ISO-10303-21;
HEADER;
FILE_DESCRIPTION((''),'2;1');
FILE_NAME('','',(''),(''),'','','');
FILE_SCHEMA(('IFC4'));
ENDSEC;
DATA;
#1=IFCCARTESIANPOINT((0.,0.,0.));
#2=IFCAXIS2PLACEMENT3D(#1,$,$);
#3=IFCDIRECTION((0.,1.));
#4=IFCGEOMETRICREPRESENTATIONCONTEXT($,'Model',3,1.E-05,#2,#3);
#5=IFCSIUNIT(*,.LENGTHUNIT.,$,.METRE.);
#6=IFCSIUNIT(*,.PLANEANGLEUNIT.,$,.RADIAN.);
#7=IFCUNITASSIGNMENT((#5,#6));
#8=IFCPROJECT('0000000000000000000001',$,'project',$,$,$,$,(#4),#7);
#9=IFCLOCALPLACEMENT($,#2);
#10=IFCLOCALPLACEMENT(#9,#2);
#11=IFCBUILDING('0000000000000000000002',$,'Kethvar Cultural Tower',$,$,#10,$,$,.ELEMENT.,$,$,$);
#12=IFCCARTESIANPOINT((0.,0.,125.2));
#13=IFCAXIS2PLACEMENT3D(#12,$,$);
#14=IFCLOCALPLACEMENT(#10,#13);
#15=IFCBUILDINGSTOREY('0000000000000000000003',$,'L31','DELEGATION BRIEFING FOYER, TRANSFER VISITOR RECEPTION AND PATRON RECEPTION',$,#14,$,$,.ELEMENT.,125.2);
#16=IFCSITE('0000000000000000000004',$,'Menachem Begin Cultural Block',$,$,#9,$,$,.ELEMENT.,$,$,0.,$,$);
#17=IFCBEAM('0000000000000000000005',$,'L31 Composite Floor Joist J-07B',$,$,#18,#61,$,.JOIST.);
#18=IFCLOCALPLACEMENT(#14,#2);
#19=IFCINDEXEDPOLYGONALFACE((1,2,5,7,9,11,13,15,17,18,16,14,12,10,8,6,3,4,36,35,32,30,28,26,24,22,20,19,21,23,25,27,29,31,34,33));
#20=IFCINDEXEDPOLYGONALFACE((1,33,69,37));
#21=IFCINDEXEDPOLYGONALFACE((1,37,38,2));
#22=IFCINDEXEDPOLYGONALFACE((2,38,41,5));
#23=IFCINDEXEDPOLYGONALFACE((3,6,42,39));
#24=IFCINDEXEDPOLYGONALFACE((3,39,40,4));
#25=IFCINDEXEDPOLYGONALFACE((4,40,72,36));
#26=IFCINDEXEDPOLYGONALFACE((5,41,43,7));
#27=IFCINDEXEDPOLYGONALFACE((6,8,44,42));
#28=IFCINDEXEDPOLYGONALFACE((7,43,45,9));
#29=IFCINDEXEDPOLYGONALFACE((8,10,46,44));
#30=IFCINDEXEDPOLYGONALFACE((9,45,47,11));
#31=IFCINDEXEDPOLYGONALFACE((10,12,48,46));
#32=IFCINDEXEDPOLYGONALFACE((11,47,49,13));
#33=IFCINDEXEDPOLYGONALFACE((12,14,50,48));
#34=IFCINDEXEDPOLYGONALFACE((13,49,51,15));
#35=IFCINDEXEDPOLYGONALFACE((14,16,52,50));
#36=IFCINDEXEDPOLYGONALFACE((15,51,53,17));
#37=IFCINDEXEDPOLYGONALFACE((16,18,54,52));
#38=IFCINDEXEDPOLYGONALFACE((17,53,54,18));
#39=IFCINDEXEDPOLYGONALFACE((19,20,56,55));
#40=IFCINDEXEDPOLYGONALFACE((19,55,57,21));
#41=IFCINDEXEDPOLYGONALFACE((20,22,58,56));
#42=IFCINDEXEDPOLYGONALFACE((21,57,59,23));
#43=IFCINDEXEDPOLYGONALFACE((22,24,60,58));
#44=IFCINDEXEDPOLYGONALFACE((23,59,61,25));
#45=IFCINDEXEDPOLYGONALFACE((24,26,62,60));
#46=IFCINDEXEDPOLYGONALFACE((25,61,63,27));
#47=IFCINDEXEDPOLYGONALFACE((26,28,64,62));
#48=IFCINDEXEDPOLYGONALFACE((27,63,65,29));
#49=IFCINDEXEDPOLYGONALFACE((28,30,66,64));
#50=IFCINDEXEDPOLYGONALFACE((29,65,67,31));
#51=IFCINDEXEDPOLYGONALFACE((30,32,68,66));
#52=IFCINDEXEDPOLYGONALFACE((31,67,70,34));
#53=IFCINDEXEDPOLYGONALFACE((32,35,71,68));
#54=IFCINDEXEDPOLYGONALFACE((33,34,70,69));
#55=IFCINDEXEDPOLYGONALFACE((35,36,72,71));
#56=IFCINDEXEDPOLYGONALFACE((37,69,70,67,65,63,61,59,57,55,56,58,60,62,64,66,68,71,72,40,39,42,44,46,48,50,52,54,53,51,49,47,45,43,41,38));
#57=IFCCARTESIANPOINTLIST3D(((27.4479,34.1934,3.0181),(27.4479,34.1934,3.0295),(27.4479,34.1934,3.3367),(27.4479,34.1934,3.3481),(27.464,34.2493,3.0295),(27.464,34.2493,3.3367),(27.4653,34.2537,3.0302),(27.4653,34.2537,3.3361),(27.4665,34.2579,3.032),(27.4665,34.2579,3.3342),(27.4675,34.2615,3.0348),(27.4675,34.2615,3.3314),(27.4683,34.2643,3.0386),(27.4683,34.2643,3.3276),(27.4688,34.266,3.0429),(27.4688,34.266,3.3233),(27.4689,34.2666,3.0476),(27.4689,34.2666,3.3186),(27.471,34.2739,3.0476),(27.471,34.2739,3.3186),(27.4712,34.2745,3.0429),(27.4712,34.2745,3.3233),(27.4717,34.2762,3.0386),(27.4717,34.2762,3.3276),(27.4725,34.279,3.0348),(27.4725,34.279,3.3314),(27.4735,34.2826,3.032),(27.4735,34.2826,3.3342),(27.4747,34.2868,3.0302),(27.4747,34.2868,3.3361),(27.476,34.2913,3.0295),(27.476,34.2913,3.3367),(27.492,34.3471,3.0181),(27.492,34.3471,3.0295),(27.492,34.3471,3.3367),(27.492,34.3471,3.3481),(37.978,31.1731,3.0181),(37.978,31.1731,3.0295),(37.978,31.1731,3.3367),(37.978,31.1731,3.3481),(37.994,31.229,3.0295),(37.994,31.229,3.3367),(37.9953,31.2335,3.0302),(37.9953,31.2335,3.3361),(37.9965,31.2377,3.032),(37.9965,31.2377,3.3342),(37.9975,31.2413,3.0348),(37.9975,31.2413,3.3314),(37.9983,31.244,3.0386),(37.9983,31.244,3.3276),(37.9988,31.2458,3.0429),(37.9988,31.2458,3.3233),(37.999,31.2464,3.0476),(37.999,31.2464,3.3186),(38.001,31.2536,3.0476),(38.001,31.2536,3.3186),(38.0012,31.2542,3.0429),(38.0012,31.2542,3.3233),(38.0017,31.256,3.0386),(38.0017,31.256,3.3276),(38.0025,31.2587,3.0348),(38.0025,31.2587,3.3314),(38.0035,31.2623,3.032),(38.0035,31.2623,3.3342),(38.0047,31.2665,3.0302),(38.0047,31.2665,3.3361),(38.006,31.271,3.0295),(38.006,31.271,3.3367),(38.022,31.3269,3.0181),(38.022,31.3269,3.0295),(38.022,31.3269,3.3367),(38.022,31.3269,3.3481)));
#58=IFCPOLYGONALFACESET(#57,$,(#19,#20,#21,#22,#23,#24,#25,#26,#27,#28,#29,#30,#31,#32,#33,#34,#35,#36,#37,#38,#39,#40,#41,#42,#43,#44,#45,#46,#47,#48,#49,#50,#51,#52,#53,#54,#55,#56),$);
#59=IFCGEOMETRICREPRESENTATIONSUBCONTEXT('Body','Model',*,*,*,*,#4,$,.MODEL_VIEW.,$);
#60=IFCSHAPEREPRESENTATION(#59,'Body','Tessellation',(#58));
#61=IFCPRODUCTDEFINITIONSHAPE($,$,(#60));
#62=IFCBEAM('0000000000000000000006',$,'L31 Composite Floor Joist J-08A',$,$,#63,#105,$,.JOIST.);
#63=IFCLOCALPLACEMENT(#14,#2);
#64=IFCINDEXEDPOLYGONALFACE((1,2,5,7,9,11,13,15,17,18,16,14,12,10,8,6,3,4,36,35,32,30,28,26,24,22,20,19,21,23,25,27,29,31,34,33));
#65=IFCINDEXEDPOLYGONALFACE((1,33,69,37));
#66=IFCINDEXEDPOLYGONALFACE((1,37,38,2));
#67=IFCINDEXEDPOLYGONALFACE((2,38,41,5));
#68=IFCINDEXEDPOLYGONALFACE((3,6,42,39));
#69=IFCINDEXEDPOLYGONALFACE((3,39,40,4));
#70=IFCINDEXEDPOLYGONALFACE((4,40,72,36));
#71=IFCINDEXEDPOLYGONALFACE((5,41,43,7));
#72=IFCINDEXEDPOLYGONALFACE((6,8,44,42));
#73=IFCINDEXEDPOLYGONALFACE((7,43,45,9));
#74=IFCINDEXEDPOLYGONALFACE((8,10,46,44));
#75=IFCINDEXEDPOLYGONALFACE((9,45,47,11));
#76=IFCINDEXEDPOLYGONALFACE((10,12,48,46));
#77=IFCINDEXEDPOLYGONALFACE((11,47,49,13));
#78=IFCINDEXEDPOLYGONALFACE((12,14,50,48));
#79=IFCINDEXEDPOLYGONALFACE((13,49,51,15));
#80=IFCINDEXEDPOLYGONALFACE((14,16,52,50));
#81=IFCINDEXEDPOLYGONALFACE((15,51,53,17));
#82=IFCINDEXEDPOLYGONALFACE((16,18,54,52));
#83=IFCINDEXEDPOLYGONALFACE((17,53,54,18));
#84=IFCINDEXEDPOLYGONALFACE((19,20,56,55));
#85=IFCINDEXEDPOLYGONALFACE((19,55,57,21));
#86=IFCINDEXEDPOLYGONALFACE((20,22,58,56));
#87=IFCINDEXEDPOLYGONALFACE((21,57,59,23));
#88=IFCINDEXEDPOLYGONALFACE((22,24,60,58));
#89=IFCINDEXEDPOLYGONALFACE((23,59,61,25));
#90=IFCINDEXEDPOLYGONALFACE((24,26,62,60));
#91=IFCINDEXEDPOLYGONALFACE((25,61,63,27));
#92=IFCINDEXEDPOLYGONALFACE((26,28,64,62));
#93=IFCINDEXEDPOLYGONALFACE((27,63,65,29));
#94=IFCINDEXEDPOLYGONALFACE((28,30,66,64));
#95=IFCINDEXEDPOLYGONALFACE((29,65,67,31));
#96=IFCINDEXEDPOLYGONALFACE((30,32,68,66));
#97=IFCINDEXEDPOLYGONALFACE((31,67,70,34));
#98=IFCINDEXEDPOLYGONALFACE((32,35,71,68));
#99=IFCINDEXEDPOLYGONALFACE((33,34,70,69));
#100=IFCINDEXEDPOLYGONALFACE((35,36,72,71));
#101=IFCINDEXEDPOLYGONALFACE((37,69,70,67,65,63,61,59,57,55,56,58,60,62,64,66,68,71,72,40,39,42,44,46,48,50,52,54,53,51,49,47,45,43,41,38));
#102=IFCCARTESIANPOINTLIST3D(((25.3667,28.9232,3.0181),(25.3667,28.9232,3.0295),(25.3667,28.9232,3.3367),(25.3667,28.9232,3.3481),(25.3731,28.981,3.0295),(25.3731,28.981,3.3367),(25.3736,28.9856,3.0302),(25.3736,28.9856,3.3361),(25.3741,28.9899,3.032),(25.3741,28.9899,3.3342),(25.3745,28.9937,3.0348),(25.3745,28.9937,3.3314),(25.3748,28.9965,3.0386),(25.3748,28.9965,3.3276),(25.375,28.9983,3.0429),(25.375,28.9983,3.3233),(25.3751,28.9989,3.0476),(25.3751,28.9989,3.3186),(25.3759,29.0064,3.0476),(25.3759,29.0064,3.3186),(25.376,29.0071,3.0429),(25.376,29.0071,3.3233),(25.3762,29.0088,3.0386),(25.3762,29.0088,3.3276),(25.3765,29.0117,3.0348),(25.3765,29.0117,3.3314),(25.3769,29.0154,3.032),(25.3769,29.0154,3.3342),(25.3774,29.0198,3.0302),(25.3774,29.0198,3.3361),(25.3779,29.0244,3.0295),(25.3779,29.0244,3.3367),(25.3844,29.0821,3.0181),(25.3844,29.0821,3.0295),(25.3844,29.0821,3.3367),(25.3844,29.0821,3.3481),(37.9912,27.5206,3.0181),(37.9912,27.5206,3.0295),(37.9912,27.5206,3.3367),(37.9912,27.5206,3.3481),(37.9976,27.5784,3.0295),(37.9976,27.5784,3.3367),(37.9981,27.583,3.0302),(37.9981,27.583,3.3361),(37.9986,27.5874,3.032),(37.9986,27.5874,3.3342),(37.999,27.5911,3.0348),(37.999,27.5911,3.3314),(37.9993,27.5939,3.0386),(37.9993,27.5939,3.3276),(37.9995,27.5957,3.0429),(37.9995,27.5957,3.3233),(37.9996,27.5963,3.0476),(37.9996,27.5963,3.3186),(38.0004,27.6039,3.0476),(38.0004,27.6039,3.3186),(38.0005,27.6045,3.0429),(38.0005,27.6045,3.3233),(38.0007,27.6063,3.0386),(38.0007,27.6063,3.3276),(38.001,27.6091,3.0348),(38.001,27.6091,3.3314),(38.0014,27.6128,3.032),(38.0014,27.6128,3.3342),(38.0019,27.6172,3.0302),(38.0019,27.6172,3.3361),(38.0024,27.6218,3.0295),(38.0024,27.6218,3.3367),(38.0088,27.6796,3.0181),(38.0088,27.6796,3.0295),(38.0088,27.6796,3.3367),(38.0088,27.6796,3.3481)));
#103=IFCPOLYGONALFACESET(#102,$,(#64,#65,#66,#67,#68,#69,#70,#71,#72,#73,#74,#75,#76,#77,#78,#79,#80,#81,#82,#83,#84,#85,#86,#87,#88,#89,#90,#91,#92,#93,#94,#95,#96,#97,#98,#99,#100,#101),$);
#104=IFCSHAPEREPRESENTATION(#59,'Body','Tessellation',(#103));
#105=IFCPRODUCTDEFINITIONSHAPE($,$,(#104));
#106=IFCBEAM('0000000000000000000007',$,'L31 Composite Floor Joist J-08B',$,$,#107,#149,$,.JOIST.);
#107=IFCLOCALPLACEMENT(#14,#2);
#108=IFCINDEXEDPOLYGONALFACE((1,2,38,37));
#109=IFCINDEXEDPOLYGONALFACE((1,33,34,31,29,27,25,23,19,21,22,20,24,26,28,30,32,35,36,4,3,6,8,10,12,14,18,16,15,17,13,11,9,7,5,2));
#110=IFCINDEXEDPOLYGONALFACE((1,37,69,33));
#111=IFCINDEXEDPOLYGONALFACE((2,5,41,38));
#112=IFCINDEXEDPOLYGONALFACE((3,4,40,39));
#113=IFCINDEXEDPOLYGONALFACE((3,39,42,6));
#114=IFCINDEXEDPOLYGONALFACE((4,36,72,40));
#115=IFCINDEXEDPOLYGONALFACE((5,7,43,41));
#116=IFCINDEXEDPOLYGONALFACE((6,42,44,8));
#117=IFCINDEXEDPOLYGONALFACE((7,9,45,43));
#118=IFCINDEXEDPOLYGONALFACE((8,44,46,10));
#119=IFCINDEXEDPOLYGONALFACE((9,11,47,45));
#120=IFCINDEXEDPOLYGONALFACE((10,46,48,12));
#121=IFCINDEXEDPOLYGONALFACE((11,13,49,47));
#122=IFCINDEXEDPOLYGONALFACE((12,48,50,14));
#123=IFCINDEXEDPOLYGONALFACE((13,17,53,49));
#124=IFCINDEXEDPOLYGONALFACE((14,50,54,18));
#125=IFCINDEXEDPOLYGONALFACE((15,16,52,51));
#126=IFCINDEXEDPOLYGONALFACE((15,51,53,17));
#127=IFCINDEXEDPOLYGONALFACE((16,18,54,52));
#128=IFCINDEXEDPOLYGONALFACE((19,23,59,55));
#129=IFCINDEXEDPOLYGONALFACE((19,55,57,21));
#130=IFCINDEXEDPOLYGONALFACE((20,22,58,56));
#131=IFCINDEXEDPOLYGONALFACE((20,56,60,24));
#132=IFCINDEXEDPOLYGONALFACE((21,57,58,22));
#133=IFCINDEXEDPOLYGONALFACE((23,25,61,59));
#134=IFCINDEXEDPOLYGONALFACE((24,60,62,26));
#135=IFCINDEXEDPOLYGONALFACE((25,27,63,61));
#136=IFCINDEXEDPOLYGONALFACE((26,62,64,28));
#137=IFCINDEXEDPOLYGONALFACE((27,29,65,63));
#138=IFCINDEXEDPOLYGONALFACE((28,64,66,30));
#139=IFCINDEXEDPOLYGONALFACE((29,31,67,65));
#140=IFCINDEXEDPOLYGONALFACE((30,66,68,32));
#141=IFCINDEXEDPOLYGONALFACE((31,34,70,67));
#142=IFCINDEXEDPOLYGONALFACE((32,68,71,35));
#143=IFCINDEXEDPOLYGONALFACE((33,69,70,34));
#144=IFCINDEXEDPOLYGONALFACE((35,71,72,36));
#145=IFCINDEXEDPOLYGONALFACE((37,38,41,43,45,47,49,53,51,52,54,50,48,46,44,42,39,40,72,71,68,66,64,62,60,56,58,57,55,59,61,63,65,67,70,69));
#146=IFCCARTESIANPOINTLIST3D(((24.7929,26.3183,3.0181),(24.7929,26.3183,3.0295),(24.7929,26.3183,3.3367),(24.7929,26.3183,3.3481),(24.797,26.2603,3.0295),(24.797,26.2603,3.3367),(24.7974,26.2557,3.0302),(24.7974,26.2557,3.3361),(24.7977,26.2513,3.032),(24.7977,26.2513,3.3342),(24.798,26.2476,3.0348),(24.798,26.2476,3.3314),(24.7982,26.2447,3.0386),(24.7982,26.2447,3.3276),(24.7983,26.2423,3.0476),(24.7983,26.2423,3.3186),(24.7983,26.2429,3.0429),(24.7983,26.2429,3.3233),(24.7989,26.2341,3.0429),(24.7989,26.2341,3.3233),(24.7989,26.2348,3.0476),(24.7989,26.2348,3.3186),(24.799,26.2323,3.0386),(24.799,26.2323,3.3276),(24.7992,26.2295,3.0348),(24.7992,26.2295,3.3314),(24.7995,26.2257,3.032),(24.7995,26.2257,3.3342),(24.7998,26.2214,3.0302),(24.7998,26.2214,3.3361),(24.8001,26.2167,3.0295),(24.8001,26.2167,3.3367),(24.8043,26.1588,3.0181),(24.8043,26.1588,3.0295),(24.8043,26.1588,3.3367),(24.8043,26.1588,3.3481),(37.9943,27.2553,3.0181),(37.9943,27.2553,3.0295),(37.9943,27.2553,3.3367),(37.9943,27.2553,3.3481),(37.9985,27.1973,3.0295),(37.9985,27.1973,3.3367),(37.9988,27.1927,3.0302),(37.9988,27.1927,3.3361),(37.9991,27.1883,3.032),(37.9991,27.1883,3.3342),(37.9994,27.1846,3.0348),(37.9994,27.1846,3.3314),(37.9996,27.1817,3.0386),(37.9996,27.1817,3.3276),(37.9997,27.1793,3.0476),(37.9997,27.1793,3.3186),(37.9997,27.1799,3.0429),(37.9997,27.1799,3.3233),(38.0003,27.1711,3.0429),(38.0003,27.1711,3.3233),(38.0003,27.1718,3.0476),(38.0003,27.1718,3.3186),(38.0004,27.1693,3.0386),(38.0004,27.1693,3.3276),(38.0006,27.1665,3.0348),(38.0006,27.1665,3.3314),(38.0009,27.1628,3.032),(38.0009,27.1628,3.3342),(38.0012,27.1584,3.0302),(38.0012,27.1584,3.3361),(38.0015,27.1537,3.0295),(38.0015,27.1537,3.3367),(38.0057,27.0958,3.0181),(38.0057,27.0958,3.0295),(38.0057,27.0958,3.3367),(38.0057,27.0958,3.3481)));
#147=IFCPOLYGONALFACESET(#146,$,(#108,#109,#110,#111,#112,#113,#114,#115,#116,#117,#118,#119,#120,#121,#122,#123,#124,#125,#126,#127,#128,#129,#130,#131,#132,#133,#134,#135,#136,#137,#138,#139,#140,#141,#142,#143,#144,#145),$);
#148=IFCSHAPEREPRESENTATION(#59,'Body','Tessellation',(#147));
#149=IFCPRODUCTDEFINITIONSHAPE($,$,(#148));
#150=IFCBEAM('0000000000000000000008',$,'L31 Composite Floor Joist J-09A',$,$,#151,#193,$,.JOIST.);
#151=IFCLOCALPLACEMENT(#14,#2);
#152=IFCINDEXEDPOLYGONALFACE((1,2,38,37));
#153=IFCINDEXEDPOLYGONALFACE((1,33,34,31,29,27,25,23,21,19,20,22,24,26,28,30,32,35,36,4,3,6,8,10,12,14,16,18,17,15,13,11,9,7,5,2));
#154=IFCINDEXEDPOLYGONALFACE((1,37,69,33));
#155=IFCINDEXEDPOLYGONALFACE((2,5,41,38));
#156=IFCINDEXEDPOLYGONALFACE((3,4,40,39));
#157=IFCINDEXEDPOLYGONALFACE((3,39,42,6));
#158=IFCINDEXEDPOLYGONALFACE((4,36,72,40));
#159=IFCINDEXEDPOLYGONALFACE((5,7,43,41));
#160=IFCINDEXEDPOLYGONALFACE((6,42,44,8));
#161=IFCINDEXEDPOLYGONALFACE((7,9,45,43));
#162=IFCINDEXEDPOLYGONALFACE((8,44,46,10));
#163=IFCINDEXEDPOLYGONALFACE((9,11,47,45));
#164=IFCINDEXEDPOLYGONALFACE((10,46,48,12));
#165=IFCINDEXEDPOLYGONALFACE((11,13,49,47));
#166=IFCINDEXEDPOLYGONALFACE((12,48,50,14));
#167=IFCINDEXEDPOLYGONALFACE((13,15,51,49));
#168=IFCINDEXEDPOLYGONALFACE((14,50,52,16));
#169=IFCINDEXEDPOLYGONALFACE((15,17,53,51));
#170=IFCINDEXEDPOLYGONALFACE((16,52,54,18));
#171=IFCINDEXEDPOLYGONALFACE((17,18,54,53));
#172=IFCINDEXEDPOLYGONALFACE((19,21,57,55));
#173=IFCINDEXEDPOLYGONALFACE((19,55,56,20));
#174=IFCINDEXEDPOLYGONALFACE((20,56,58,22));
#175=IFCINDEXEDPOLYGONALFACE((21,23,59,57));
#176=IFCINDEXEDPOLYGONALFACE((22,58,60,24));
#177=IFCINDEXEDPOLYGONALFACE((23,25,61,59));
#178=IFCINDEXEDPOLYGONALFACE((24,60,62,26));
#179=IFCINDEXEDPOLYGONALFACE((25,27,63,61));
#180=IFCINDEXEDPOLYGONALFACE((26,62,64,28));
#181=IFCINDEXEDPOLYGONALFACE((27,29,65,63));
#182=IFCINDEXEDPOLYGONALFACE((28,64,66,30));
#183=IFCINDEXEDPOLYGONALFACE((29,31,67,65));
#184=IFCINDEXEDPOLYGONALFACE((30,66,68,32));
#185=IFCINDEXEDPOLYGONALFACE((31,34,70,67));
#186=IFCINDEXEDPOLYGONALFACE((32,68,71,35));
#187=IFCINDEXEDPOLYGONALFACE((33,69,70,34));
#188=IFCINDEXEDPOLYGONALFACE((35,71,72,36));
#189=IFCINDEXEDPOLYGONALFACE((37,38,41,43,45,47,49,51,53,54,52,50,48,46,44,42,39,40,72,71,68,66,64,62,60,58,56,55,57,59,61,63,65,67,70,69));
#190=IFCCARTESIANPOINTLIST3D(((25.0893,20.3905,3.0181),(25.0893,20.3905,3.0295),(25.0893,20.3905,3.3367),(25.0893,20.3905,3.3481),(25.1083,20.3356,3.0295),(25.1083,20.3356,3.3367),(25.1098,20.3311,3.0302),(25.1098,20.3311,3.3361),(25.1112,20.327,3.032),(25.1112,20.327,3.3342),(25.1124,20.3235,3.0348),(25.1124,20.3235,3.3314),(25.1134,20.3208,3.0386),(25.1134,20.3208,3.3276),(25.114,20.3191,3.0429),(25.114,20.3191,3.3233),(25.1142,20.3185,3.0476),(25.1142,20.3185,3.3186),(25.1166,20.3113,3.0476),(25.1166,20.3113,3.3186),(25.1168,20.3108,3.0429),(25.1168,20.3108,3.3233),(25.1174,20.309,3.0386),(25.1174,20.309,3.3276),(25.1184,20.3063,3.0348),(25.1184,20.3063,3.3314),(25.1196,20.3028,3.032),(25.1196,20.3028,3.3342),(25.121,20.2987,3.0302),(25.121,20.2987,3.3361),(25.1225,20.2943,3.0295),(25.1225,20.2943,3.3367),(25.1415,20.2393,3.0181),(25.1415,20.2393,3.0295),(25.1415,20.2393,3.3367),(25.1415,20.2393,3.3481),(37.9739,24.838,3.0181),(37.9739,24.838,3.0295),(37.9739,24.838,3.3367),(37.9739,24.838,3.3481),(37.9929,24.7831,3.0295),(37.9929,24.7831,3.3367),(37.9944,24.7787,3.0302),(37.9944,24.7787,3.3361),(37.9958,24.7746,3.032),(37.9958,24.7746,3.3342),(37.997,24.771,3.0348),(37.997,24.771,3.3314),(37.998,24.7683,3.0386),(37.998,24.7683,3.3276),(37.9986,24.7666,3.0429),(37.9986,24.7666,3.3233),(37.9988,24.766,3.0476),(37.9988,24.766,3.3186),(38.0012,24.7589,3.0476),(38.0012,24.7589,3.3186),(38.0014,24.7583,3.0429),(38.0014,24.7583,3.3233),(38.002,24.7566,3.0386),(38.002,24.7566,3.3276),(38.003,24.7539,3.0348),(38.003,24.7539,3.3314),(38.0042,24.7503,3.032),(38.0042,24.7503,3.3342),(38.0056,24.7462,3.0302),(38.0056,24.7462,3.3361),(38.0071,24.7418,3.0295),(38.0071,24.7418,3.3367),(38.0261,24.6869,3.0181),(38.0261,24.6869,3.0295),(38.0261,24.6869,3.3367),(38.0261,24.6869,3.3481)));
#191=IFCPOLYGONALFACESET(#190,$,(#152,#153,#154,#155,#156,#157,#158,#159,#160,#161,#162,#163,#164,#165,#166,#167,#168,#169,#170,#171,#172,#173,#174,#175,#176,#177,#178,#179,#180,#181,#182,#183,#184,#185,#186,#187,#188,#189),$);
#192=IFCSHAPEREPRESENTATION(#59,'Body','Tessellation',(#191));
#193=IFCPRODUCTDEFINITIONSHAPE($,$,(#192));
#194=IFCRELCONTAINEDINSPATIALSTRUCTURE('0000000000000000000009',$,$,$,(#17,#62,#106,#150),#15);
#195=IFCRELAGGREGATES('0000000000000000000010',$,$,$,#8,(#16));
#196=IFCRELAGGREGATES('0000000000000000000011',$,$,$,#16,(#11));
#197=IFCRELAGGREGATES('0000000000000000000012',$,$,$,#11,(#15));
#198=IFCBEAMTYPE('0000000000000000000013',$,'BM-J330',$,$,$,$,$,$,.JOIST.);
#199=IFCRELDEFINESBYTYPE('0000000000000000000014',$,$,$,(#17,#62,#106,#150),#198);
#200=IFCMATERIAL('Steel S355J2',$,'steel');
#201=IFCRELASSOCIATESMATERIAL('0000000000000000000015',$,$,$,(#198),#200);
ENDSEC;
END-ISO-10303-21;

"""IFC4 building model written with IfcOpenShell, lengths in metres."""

from ifc_helpers import new_model, si_unit, direction, frame, origin, origin_2d, place, context, subcontext, project, spatial, i_section, extrude, source, transform, mapped, material, material_profile, profile_set, type_object, element, save


model = new_model("IFC4")

# Units and contexts
model_context = context("Model", 3, precision=1e-05, world=origin(), true_north=direction((0.0, 1.0)))
body_context = subcontext(model_context, "Body", "Model", "MODEL_VIEW")
ifc_project = project(units=[si_unit("LENGTHUNIT", "METRE"), si_unit("PLANEANGLEUNIT", "RADIAN")], contexts=[model_context])

# Site, building, storey
site_placement = place(None, origin())
site = spatial("IfcSite", under=ifc_project, at=site_placement, Name="Menachem Begin Cultural Block", CompositionType="ELEMENT", RefElevation=0.0)
building_placement = place(site_placement, origin())
building = spatial("IfcBuilding", under=site, at=building_placement, Name="Kethvar Cultural Tower", CompositionType="ELEMENT")
storey_placement = place(building_placement, frame((0.0, 0.0, 125.2)))
storey = spatial("IfcBuildingStorey", under=building, at=storey_placement, Name="L31", Description="DELEGATION BRIEFING FOYER, TRANSFER VISITOR RECEPTION AND PATRON RECEPTION", CompositionType="ELEMENT", Elevation=125.2)

# Beams
ifc_material_1 = material(Name="Steel S355J2", Category="steel")
ifc_material_profile_1 = material_profile(ifc_material_1, i_section(OverallWidth=0.1599, OverallDepth=0.3301, WebThickness=0.0076, FlangeThickness=0.0115, FilletRadius=0.0181, at=origin_2d()), Name="Steel S355J2 — IPE330")
ifc_profile_set_1 = profile_set([ifc_material_profile_1], Name="Steel S355J2 — IPE330")
beam_type_1 = type_object("IfcBeamType", Name="BM-J330", PredefinedType="JOIST", material=ifc_profile_set_1)
shared_shape_1 = source(origin(), body_context, "Body", "SweptSolid", [
    extrude(i_section(OverallWidth=0.1599, OverallDepth=0.3301, WebThickness=0.0076, FlangeThickness=0.0115, FilletRadius=0.0181, at=origin_2d()), origin(), (0.0, 0.0, 1.0), 10.9546),
])
beam_1_placement = place(storey_placement, frame((38.0, 31.25, 3.1831), z_axis=(-0.961242, 0.275707, 0.0), x_axis=(-0.275707, -0.961242, 0.0)))
element("IfcBeam", 1, at=beam_1_placement, inside=storey, type_object=beam_type_1, Name="L31 Composite Floor Joist J-07B", PredefinedType="JOIST", context=body_context, shape_type="MappedRepresentation", body=[
    mapped(shared_shape_1, transform((0.0, 0.0, 0.0), scale=1.0)),
])
shared_shape_2 = source(origin(), body_context, "Body", "SweptSolid", [
    extrude(i_section(OverallWidth=0.1599, OverallDepth=0.3301, WebThickness=0.0076, FlangeThickness=0.0115, FilletRadius=0.0181, at=origin_2d()), origin(), (0.0, 0.0, 1.0), 12.7021),
])
beam_2_placement = place(storey_placement, frame((38.0, 27.6001, 3.1831), z_axis=(-0.993885, 0.110421, 0.0), x_axis=(-0.110421, -0.993885, 0.0)))
element("IfcBeam", 2, at=beam_2_placement, inside=storey, type_object=beam_type_1, Name="L31 Composite Floor Joist J-08A", PredefinedType="JOIST", context=body_context, shape_type="MappedRepresentation", body=[
    mapped(shared_shape_2, transform((0.0, 0.0, 0.0), scale=1.0)),
])
shared_shape_3 = source(origin(), body_context, "Body", "SweptSolid", [
    extrude(i_section(OverallWidth=0.1599, OverallDepth=0.3301, WebThickness=0.0076, FlangeThickness=0.0115, FilletRadius=0.0181, at=origin_2d()), origin(), (0.0, 0.0, 1.0), 13.2346),
])
beam_3_placement = place(storey_placement, frame((38.0, 27.1755, 3.1831), z_axis=(-0.997491, -0.0708, 0.0), x_axis=(0.0708, -0.997491, 0.0)))
element("IfcBeam", 3, at=beam_3_placement, inside=storey, type_object=beam_type_1, Name="L31 Composite Floor Joist J-08B", PredefinedType="JOIST", context=body_context, shape_type="MappedRepresentation", body=[
    mapped(shared_shape_3, transform((0.0, 0.0, 0.0), scale=1.0)),
])
shared_shape_4 = source(origin(), body_context, "Body", "SweptSolid", [
    extrude(i_section(OverallWidth=0.1599, OverallDepth=0.3301, WebThickness=0.0076, FlangeThickness=0.0115, FilletRadius=0.0181, at=origin_2d()), origin(), (0.0, 0.0, 1.0), 13.6306),
])
beam_4_placement = place(storey_placement, frame((38.0, 24.7625, 3.1831), z_axis=(-0.94527, -0.32629, 0.0), x_axis=(0.32629, -0.94527, 0.0)))
element("IfcBeam", 4, at=beam_4_placement, inside=storey, type_object=beam_type_1, Name="L31 Composite Floor Joist J-09A", PredefinedType="JOIST", context=body_context, shape_type="MappedRepresentation", body=[
    mapped(shared_shape_4, transform((0.0, 0.0, 0.0), scale=1.0)),
])

save(model, "model.ifc")
